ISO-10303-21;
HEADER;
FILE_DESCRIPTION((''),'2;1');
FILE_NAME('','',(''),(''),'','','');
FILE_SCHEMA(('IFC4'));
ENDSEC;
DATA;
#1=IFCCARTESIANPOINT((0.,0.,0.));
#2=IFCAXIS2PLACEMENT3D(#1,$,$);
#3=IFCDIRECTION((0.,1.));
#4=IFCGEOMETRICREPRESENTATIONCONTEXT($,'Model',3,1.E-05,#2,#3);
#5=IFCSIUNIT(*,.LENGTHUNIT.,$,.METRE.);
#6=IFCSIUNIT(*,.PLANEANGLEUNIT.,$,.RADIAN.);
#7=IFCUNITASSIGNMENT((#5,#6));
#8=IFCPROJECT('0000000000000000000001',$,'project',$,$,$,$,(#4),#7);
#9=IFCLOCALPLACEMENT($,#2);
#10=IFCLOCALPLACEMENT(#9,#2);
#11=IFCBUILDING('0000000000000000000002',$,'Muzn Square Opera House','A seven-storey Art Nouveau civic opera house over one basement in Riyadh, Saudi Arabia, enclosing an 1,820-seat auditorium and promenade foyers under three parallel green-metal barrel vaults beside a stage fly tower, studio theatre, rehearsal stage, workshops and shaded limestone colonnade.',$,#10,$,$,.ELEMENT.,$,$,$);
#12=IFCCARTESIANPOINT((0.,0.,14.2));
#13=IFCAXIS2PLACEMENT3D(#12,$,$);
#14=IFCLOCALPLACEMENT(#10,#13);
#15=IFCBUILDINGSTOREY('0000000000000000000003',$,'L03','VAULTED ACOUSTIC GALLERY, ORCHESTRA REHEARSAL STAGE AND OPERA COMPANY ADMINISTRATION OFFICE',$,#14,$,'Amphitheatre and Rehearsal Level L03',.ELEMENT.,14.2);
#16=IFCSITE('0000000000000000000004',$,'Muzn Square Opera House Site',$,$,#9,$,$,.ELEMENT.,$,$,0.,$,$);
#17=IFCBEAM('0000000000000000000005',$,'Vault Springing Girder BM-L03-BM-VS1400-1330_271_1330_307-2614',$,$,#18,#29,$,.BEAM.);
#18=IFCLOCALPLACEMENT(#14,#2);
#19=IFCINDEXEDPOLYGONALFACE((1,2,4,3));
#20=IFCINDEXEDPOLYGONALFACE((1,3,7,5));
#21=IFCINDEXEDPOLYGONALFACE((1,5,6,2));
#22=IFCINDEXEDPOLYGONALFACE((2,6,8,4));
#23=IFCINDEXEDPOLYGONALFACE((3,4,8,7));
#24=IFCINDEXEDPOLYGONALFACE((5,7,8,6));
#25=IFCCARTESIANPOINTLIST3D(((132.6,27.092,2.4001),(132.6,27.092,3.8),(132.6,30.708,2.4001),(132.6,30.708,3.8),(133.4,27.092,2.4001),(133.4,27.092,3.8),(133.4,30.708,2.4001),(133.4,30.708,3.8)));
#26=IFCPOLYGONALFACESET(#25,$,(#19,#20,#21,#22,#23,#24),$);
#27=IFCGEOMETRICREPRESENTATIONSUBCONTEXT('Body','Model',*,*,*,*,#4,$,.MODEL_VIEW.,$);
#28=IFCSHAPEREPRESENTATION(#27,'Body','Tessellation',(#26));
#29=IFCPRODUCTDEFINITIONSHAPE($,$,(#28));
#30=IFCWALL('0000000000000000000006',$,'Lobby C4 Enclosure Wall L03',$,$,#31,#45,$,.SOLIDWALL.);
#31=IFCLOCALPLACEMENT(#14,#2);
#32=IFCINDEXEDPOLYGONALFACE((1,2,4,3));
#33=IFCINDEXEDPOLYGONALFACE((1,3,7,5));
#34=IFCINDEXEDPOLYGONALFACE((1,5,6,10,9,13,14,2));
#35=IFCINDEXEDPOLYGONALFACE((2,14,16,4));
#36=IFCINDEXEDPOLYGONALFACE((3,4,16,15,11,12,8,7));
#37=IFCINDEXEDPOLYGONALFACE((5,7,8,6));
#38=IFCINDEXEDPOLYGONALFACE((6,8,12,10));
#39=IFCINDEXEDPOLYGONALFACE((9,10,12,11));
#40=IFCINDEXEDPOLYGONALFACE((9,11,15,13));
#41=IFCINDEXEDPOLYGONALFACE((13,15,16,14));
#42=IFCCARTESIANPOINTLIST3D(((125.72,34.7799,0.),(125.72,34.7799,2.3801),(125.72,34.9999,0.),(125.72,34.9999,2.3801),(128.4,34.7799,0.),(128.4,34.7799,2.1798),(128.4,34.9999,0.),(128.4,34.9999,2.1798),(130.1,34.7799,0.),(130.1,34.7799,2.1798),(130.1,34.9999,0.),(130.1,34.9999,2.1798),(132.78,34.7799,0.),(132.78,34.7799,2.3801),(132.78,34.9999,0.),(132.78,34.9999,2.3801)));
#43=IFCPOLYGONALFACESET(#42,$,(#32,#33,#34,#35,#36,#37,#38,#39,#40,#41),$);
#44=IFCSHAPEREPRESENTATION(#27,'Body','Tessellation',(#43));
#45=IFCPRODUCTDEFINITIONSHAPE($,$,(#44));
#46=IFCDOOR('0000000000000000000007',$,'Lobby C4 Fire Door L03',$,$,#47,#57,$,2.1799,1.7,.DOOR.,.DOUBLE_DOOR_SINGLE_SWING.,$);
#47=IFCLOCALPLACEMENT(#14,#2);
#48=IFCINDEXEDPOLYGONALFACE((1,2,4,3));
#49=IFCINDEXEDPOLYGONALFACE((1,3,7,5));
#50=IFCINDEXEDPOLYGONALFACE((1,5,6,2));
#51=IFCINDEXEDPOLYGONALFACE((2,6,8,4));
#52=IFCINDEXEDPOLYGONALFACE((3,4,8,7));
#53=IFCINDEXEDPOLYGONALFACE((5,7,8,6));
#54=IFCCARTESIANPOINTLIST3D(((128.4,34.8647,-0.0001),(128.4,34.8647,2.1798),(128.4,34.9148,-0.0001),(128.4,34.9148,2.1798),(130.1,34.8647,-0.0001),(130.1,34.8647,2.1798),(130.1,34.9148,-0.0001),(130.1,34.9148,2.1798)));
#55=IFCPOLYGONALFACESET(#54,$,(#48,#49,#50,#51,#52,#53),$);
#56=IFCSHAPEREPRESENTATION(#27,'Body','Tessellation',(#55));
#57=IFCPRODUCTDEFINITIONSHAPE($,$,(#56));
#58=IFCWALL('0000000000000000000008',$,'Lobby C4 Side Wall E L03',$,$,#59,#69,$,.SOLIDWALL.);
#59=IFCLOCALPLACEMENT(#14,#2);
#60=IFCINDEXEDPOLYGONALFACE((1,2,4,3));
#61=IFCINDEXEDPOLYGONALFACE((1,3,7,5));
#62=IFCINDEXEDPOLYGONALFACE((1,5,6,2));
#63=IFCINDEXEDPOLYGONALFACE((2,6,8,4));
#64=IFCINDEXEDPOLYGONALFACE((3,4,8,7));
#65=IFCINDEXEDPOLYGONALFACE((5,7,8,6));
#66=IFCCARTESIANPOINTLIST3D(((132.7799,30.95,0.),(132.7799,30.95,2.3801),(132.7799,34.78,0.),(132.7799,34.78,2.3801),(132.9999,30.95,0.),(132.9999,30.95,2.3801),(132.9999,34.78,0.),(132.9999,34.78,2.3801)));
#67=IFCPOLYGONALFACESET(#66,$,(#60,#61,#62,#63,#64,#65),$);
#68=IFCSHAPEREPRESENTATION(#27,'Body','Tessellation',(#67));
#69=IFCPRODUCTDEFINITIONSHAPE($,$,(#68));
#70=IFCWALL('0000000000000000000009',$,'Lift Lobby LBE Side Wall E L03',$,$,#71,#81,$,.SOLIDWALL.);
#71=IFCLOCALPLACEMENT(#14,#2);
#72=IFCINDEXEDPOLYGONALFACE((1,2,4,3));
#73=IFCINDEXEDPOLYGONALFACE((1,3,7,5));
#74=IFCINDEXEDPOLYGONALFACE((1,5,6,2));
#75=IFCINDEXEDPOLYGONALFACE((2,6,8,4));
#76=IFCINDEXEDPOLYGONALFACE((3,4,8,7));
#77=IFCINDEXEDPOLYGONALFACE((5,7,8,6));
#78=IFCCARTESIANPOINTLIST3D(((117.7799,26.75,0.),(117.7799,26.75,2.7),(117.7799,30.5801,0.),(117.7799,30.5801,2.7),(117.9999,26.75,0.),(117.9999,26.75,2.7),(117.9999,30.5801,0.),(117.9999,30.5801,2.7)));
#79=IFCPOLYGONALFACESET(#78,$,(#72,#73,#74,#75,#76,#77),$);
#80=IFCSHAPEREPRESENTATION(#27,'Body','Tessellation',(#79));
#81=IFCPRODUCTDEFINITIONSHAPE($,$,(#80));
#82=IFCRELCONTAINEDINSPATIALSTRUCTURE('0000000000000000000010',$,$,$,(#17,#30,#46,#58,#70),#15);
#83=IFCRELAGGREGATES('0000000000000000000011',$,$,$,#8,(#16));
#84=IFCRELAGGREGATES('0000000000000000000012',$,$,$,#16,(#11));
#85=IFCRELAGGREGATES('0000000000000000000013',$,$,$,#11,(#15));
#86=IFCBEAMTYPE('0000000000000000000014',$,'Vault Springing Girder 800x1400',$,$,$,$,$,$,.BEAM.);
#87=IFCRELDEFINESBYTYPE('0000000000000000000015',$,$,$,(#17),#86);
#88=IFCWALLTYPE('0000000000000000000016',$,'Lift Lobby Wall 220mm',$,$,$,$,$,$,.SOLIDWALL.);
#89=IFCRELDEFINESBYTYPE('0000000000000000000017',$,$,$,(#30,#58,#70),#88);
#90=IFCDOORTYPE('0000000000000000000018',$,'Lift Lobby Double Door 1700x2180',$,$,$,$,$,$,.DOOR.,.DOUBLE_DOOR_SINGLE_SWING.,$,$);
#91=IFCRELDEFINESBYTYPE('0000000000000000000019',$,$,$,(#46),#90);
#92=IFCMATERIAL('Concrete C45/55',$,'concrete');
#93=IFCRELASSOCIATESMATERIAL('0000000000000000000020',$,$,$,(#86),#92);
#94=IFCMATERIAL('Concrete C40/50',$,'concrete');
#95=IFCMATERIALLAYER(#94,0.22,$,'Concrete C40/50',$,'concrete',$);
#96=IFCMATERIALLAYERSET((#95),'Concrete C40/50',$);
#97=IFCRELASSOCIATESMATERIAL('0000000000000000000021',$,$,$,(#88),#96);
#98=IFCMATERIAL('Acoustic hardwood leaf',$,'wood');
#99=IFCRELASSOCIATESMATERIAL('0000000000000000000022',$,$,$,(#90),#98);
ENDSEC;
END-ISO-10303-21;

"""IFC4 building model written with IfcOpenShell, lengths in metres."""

from ifc_helpers import new_model, si_unit, direction, frame, frame_2d, origin, origin_2d, place, context, subcontext, project, spatial, rectangle, extrude, material, layer, layer_set, material_profile, profile_set, type_object, element, fill, save


model = new_model("IFC4")

# Units and contexts
model_context = context("Model", 3, precision=1e-05, world=origin(), true_north=direction((0.0, 1.0)))
body_context = subcontext(model_context, "Body", "Model", "MODEL_VIEW")
ifc_project = project(units=[si_unit("LENGTHUNIT", "METRE"), si_unit("PLANEANGLEUNIT", "RADIAN")], contexts=[model_context])

# Site, building, storey
site_placement = place(None, origin())
site = spatial("IfcSite", under=ifc_project, at=site_placement, Name="Muzn Square Opera House Site", CompositionType="ELEMENT", RefElevation=0.0)
building_placement = place(site_placement, origin())
building = spatial("IfcBuilding", under=site, at=building_placement, Name="Muzn Square Opera House", Description="A seven-storey Art Nouveau civic opera house over one basement in Riyadh, Saudi Arabia, enclosing an 1,820-seat auditorium and promenade foyers under three parallel green-metal barrel vaults beside a stage fly tower, studio theatre, rehearsal stage, workshops and shaded limestone colonnade.", CompositionType="ELEMENT")
storey_placement = place(building_placement, frame((0.0, 0.0, 14.2)))
storey = spatial("IfcBuildingStorey", under=building, at=storey_placement, Name="L03", Description="VAULTED ACOUSTIC GALLERY, ORCHESTRA REHEARSAL STAGE AND OPERA COMPANY ADMINISTRATION OFFICE", LongName="Amphitheatre and Rehearsal Level L03", CompositionType="ELEMENT", Elevation=14.2)

# Shared definitions
ifc_material_1 = material(Name="Concrete C45/55", Category="concrete")

# Beam
ifc_material_2 = material(Name="Concrete C40/50", Category="concrete")
ifc_material_profile_1 = material_profile(ifc_material_1, rectangle(XDim=0.8, YDim=1.3999, at=origin_2d()), Name="RCB 800x1400", Category="concrete")
ifc_profile_set_1 = profile_set([ifc_material_profile_1], Name="Concrete C45/55")
beam_type_1 = type_object("IfcBeamType", Name="Vault Springing Girder 800x1400", PredefinedType="BEAM", material=ifc_profile_set_1)
beam_1_placement = place(storey_placement, frame((133.0, 27.092, 3.1001), z_axis=(0.0, 1.0, 0.0), x_axis=(-1.0, 0.0, 0.0)))
element("IfcBeam", 1, at=beam_1_placement, inside=storey, type_object=beam_type_1, Name="Vault Springing Girder BM-L03-BM-VS1400-1330_271_1330_307-2614", PredefinedType="BEAM", context=body_context, shape_type="SweptSolid", body=[
    extrude(rectangle(XDim=0.8, YDim=1.3999, at=origin_2d()), origin(), (0.0, 0.0, 1.0), 3.616),
])

# Wall, opening, door
ifc_layer_1 = layer(ifc_material_2, 0.22, Name="Concrete C40/50", Category="concrete")
ifc_layer_set_1 = layer_set([ifc_layer_1], Name="Concrete C40/50")
wall_type_1 = type_object("IfcWallType", Name="Lift Lobby Wall 220mm", PredefinedType="SOLIDWALL", material=ifc_layer_set_1)
wall_1_placement = place(storey_placement, frame((125.72, 34.8899, 0.0), z_axis=(0.0, 0.0, 1.0), x_axis=(1.0, 0.0, 0.0)))
wall_1 = element("IfcWall", 2, at=wall_1_placement, inside=storey, type_object=wall_type_1, Name="Lobby C4 Enclosure Wall L03", PredefinedType="SOLIDWALL", context=body_context, shape_type="SweptSolid", body=[
    extrude(rectangle(XDim=7.0601, YDim=0.22, at=frame_2d((3.53, 0.0))), origin(), (0.0, 0.0, 1.0), 2.3801),
])
opening_1_placement = place(wall_1_placement, frame((2.6799, 0.0, 0.0)))
opening_1 = element("IfcOpeningElement", 3, at=opening_1_placement, cuts=wall_1, PredefinedType="OPENING", context=body_context, shape_type="SweptSolid", body=[
    extrude(rectangle(XDim=1.7, YDim=2.1799, at=frame_2d((0.8501, 1.0898))), frame((0.0, 0.1199, 0.0), z_axis=(0.0, -1.0, 0.0), x_axis=(1.0, 0.0, 0.0)), (0.0, 0.0, 1.0), 0.24),
])
ifc_material_3 = material(Name="Acoustic hardwood leaf", Category="wood")
door_type_1 = type_object("IfcDoorType", Name="Lift Lobby Double Door 1700x2180", OperationType="DOUBLE_DOOR_SINGLE_SWING", PredefinedType="DOOR", material=ifc_material_3)
door_1_placement = place(opening_1_placement, origin())
door_1 = element("IfcDoor", 4, at=door_1_placement, inside=storey, type_object=door_type_1, Name="Lobby C4 Fire Door L03", OperationType="DOUBLE_DOOR_SINGLE_SWING", OverallHeight=2.1799, OverallWidth=1.7, PredefinedType="DOOR", context=body_context, shape_type="SweptSolid", body=[
    extrude(rectangle(XDim=1.7, YDim=2.1799, at=frame_2d((0.8501, 1.0898))), frame((0.0, 0.0249, 0.0), z_axis=(0.0, -1.0, 0.0), x_axis=(1.0, 0.0, 0.0)), (0.0, 0.0, 1.0), 0.05),
])
fill(opening_1, door_1)

# Walls
wall_2_placement = place(storey_placement, frame((132.8899, 30.95, 0.0), z_axis=(0.0, 0.0, 1.0), x_axis=(0.0, 1.0, 0.0)))
element("IfcWall", 5, at=wall_2_placement, inside=storey, type_object=wall_type_1, Name="Lobby C4 Side Wall E L03", PredefinedType="SOLIDWALL", context=body_context, shape_type="SweptSolid", body=[
    extrude(rectangle(XDim=3.8301, YDim=0.22, at=frame_2d((1.915, 0.0))), origin(), (0.0, 0.0, 1.0), 2.3801),
])
wall_3_placement = place(storey_placement, frame((117.8899, 26.75, 0.0), z_axis=(0.0, 0.0, 1.0), x_axis=(0.0, 1.0, 0.0)))
element("IfcWall", 6, at=wall_3_placement, inside=storey, type_object=wall_type_1, Name="Lift Lobby LBE Side Wall E L03", PredefinedType="SOLIDWALL", context=body_context, shape_type="SweptSolid", body=[
    extrude(rectangle(XDim=3.8301, YDim=0.22, at=frame_2d((1.915, 0.0))), origin(), (0.0, 0.0, 1.0), 2.7),
])

save(model, "model.ifc")
